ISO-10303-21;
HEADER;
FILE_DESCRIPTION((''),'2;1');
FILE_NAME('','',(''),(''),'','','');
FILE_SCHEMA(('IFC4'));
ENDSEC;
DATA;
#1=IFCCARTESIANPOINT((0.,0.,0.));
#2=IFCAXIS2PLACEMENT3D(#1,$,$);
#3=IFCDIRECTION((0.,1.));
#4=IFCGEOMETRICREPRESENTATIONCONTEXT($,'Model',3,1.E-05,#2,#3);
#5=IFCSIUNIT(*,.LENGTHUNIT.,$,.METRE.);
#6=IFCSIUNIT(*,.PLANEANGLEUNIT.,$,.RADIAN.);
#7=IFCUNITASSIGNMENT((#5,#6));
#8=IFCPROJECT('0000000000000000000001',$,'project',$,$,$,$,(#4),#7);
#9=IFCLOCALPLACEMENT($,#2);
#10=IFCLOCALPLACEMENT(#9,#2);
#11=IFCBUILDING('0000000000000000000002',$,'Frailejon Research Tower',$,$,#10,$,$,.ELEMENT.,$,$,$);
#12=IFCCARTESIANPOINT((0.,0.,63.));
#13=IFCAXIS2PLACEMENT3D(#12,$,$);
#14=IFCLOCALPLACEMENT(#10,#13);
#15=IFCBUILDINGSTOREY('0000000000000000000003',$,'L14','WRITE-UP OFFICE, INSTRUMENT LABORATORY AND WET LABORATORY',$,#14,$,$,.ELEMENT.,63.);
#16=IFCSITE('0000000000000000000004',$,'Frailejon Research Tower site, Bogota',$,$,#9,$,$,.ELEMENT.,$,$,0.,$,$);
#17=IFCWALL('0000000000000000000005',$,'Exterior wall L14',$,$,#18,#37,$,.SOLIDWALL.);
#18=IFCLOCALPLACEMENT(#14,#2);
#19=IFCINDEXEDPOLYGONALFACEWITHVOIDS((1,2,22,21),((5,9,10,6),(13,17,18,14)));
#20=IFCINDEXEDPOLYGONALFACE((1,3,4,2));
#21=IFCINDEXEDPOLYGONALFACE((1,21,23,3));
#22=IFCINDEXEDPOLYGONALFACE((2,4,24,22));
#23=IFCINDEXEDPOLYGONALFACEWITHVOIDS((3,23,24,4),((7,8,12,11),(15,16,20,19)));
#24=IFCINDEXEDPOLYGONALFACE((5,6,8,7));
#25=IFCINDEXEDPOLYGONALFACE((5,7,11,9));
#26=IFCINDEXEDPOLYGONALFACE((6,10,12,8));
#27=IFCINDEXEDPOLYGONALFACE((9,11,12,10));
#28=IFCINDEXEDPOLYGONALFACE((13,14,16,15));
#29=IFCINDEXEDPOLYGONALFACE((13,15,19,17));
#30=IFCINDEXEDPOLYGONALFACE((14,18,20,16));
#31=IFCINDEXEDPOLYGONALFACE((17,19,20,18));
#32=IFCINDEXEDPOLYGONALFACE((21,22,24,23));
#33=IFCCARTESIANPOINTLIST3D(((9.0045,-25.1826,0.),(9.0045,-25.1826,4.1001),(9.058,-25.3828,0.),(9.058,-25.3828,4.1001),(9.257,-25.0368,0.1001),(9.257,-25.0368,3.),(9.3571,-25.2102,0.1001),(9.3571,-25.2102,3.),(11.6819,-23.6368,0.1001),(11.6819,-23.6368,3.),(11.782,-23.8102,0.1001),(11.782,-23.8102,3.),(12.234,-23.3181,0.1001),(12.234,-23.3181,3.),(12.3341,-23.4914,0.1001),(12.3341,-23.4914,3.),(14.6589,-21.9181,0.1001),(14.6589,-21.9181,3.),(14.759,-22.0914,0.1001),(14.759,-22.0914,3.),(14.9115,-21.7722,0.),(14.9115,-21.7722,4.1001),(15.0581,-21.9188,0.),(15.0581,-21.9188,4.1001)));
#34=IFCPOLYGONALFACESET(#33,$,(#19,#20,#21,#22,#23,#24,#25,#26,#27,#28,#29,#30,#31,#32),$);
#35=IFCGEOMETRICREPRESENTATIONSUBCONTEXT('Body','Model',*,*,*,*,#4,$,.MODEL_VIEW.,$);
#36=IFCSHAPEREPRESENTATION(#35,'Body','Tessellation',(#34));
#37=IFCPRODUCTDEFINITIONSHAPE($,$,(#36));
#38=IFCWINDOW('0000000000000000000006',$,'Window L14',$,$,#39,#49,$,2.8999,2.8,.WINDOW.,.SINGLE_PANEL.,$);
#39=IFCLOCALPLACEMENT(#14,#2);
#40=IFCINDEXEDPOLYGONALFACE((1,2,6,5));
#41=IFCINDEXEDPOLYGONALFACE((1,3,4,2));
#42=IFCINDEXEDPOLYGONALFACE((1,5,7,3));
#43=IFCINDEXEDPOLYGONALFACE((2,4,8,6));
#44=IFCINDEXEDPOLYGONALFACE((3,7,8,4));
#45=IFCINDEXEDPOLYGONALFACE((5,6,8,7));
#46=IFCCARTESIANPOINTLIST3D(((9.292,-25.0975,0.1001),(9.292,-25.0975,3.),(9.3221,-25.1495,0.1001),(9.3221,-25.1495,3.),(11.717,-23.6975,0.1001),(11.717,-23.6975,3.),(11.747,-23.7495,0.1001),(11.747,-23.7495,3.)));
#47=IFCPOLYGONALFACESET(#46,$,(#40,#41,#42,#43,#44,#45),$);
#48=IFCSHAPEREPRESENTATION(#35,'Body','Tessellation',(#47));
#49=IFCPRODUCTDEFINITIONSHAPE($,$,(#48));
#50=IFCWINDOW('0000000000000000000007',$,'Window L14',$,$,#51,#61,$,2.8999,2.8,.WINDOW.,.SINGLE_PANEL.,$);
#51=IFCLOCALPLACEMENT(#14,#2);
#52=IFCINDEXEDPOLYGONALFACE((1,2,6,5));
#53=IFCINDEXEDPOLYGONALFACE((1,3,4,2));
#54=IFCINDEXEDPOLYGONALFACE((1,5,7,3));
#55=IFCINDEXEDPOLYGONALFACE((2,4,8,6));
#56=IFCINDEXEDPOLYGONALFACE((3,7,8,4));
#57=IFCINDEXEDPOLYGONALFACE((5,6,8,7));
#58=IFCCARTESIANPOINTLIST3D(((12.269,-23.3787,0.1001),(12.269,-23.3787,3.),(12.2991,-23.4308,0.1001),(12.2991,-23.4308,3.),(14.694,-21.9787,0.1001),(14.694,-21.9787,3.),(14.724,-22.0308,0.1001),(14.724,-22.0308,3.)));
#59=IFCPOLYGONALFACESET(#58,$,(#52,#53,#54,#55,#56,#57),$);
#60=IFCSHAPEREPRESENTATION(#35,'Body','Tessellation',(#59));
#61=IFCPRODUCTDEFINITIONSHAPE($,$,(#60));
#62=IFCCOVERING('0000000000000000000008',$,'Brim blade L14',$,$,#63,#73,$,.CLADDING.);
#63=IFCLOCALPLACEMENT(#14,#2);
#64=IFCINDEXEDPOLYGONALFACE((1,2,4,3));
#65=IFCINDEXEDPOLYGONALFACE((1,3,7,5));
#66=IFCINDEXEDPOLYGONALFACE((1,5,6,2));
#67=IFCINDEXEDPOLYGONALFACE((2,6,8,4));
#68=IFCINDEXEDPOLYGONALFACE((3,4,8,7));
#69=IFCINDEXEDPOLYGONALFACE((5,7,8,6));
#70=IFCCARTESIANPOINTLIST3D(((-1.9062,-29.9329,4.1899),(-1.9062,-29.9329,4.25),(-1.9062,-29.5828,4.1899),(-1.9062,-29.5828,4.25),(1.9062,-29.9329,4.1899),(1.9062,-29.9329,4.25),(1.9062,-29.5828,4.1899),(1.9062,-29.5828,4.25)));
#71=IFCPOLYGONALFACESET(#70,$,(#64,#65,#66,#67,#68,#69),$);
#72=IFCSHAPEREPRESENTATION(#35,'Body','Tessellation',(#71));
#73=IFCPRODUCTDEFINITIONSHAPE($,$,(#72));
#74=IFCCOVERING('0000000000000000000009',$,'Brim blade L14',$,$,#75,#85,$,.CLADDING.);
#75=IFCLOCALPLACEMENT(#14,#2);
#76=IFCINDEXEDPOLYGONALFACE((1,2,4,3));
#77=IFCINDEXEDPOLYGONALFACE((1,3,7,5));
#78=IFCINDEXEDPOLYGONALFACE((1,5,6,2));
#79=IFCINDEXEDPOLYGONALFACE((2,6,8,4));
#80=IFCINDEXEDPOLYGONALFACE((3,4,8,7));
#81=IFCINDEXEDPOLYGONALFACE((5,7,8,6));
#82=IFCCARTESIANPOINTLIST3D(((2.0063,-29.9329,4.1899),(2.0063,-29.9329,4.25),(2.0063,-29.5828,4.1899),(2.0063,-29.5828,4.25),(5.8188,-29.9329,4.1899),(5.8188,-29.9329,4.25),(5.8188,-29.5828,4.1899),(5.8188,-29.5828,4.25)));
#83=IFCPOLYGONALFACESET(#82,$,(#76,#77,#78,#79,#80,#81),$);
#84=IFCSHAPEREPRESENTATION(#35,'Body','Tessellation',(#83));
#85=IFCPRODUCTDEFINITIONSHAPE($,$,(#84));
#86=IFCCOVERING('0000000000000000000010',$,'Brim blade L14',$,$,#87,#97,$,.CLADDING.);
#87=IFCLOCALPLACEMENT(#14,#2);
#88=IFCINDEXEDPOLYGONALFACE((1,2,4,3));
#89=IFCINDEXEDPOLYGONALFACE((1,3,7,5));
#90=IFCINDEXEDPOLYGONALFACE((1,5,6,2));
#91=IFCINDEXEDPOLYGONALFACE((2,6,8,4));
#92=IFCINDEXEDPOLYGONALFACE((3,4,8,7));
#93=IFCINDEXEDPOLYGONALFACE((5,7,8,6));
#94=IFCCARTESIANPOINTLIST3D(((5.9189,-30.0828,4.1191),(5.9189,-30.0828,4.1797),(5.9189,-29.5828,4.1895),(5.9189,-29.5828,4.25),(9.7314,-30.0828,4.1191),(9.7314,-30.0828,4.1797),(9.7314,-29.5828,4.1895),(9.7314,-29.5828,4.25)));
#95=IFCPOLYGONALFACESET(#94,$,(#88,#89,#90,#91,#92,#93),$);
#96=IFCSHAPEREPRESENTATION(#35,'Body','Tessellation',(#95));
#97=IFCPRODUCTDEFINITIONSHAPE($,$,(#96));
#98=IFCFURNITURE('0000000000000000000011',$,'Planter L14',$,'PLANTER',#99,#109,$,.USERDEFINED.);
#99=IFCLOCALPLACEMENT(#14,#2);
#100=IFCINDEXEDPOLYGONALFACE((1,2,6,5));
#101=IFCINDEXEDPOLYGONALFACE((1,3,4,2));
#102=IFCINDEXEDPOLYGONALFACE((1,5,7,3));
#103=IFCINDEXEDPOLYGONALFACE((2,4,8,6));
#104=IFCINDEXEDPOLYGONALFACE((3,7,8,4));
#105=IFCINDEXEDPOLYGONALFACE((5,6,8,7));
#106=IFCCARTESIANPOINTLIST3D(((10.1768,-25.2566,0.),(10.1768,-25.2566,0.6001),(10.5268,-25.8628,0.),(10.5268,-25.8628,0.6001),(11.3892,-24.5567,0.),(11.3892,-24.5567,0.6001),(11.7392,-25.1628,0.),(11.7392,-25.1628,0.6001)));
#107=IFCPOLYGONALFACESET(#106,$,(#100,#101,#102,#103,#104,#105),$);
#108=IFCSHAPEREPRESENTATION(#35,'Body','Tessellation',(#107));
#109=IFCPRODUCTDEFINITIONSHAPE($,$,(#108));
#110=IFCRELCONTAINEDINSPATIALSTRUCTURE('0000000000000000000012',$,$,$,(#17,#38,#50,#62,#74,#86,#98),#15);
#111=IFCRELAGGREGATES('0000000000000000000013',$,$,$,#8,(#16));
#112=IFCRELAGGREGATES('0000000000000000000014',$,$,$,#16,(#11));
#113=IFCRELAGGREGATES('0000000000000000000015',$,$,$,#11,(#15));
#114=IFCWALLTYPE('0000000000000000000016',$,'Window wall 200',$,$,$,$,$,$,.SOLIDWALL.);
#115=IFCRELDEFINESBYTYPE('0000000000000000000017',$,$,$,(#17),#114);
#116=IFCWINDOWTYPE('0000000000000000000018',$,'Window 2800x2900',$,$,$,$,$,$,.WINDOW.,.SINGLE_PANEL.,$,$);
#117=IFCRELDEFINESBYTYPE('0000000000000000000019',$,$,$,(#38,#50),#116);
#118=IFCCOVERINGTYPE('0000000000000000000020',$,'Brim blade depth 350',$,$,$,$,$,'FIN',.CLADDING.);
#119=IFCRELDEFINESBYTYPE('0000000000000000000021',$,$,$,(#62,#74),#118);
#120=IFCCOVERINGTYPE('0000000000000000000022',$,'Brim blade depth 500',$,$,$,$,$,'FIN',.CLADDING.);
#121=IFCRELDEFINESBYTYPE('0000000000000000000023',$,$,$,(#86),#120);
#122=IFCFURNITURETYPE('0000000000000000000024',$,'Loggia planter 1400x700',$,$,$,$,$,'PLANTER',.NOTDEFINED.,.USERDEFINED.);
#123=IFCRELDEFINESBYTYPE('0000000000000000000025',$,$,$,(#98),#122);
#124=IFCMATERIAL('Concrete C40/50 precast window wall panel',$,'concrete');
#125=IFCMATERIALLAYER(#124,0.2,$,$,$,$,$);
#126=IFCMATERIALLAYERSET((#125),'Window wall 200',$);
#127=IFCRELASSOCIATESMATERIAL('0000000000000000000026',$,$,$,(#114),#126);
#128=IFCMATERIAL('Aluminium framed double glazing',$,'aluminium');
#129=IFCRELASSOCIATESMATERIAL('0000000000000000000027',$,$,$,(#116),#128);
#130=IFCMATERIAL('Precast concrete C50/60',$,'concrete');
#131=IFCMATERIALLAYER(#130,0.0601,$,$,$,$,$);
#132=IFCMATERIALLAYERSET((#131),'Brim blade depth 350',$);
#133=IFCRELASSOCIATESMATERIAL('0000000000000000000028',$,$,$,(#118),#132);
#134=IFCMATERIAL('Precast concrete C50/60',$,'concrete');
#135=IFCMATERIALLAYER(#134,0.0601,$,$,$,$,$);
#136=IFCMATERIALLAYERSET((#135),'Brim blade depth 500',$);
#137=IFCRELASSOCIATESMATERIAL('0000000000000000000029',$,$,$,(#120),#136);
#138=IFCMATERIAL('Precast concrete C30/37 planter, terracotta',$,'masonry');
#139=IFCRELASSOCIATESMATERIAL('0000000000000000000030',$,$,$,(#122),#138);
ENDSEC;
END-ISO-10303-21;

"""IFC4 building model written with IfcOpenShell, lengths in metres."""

from ifc_helpers import new_model, si_unit, direction, frame, frame_2d, origin, origin_2d, place, context, subcontext, project, spatial, polyline, rectangle, outline, extrude, material, layer, layer_set, type_object, element, fill, save


model = new_model("IFC4")

# Units and contexts
model_context = context("Model", 3, precision=1e-05, world=origin(), true_north=direction((0.0, 1.0)))
body_context = subcontext(model_context, "Body", "Model", "MODEL_VIEW")
ifc_project = project(units=[si_unit("LENGTHUNIT", "METRE"), si_unit("PLANEANGLEUNIT", "RADIAN")], contexts=[model_context])

# Site, building, storey
site_placement = place(None, origin())
site = spatial("IfcSite", under=ifc_project, at=site_placement, Name="Frailejon Research Tower site, Bogota", CompositionType="ELEMENT", RefElevation=0.0)
building_placement = place(site_placement, origin())
building = spatial("IfcBuilding", under=site, at=building_placement, Name="Frailejon Research Tower", CompositionType="ELEMENT")
storey_placement = place(building_placement, frame((0.0, 0.0, 63.0)))
storey = spatial("IfcBuildingStorey", under=building, at=storey_placement, Name="L14", Description="WRITE-UP OFFICE, INSTRUMENT LABORATORY AND WET LABORATORY", CompositionType="ELEMENT", Elevation=63.0)

# Wall, openings, windows
ifc_material_1 = material(Name="Concrete C40/50 precast window wall panel", Category="concrete")
ifc_layer_1 = layer(ifc_material_1, 0.2)
ifc_layer_set_1 = layer_set([ifc_layer_1], Name="Window wall 200")
wall_type_1 = type_object("IfcWallType", Name="Window wall 200", PredefinedType="SOLIDWALL", material=ifc_layer_set_1)
wall_1_placement = place(storey_placement, frame((9.0312, -25.2827, 0.0), z_axis=(0.0, 0.0, 1.0), x_axis=(0.866029, 0.499993, 0.0)))
wall_1 = element("IfcWall", 1, at=wall_1_placement, inside=storey, type_object=wall_type_1, Name="Exterior wall L14", PredefinedType="SOLIDWALL", context=body_context, shape_type="SweptSolid", body=[
    extrude(outline(polyline([(-0.0269, -0.1001), (1.1279, -0.1001), (2.2825, -0.1001), (3.4373, -0.1001), (4.592, -0.1001), (5.7466, -0.1001), (6.9014, -0.1001), (6.8477, 0.1001), (5.7109, 0.1001), (4.574, 0.1001), (3.4373, 0.1001), (2.3005, 0.1001), (1.1636, 0.1001), (0.0269, 0.1001), (-0.0269, -0.1001)])), origin(), (0.0, 0.0, 1.0), 4.1001),
])
opening_1_placement = place(wall_1_placement, frame((0.3186, 0.0, 0.1001)))
opening_1 = element("IfcOpeningElement", 2, at=opening_1_placement, cuts=wall_1, PredefinedType="OPENING", context=body_context, shape_type="SweptSolid", body=[
    extrude(rectangle(XDim=2.8, YDim=2.8999, at=frame_2d((1.3999, 1.45))), frame((0.0, 0.1099, 0.0), z_axis=(0.0, -1.0, 0.0), x_axis=(1.0, 0.0, 0.0)), (0.0, 0.0, 1.0), 0.22),
])
opening_2_placement = place(wall_1_placement, frame((3.7561, 0.0, 0.1001)))
opening_2 = element("IfcOpeningElement", 3, at=opening_2_placement, cuts=wall_1, PredefinedType="OPENING", context=body_context, shape_type="SweptSolid", body=[
    extrude(rectangle(XDim=2.8, YDim=2.8999, at=frame_2d((1.3999, 1.45))), frame((0.0, 0.1099, 0.0), z_axis=(0.0, -1.0, 0.0), x_axis=(1.0, 0.0, 0.0)), (0.0, 0.0, 1.0), 0.22),
])
ifc_material_2 = material(Name="Aluminium framed double glazing", Category="aluminium")
window_type = type_object("IfcWindowType", Name="Window 2800x2900", PartitioningType="SINGLE_PANEL", PredefinedType="WINDOW", material=ifc_material_2)
window_1_placement = place(opening_1_placement, origin())
window_1 = element("IfcWindow", 4, at=window_1_placement, inside=storey, type_object=window_type, Name="Window L14", OverallHeight=2.8999, OverallWidth=2.8, PartitioningType="SINGLE_PANEL", PredefinedType="WINDOW", context=body_context, shape_type="SweptSolid", body=[
    extrude(rectangle(XDim=2.8, YDim=2.8999, at=frame_2d((1.3999, 1.45))), frame((0.0, 0.03, 0.0), z_axis=(0.0, -1.0, 0.0), x_axis=(1.0, 0.0, 0.0)), (0.0, 0.0, 1.0), 0.0601),
])
fill(opening_1, window_1)
window_2_placement = place(opening_2_placement, origin())
window_2 = element("IfcWindow", 5, at=window_2_placement, inside=storey, type_object=window_type, Name="Window L14", OverallHeight=2.8999, OverallWidth=2.8, PartitioningType="SINGLE_PANEL", PredefinedType="WINDOW", context=body_context, shape_type="SweptSolid", body=[
    extrude(rectangle(XDim=2.8, YDim=2.8999, at=frame_2d((1.3999, 1.45))), frame((0.0, 0.03, 0.0), z_axis=(0.0, -1.0, 0.0), x_axis=(1.0, 0.0, 0.0)), (0.0, 0.0, 1.0), 0.0601),
])
fill(opening_2, window_2)

# Coverings
ifc_material_3 = material(Name="Precast concrete C50/60", Category="concrete")
ifc_layer_2 = layer(ifc_material_3, 0.0601)
ifc_layer_set_2 = layer_set([ifc_layer_2], Name="Brim blade depth 350")
covering_type_1 = type_object("IfcCoveringType", Name="Brim blade depth 350", ElementType="FIN", PredefinedType="CLADDING", material=ifc_layer_set_2)
for number, where, z_axis, x_axis, name in (
    (6, (1.9062, -29.5828, 4.25), (-1.0, 0.0, 0.0), (0.0, -1.0, 0.0), "Brim blade L14"),
    (7, (5.8188, -29.5828, 4.25), (-1.0, 0.0, 0.0), (0.0, -1.0, 0.0), "Brim blade L14"),
):
    element("IfcCovering", number, at=place(storey_placement, frame(where, z_axis=z_axis, x_axis=x_axis)), inside=storey, type_object=covering_type_1, Name=name, PredefinedType="CLADDING", context=body_context, shape_type="SweptSolid", body=[
        extrude(outline(polyline([(0.0, -0.0601), (0.3501, -0.0601), (0.3501, 0.0), (0.0, 0.0), (0.0, -0.0601)])), origin(), (0.0, 0.0, 1.0), 3.8125),
    ])
ifc_material_4 = material(Name="Precast concrete C50/60", Category="concrete")
ifc_layer_3 = layer(ifc_material_4, 0.0601)
ifc_layer_set_3 = layer_set([ifc_layer_3], Name="Brim blade depth 500")
covering_type_2 = type_object("IfcCoveringType", Name="Brim blade depth 500", ElementType="FIN", PredefinedType="CLADDING", material=ifc_layer_set_3)
covering_placement = place(storey_placement, frame((9.7314, -29.5828, 4.25), z_axis=(-1.0, 0.0, 0.0), x_axis=(0.0, -1.0, 0.0)))
element("IfcCovering", 8, at=covering_placement, inside=storey, type_object=covering_type_2, Name="Brim blade L14", PredefinedType="CLADDING", context=body_context, shape_type="SweptSolid", body=[
    extrude(outline(polyline([(0.0, -0.0605), (0.5, -0.1309), (0.5, -0.0703), (0.0, 0.0), (0.0, -0.0605)])), origin(), (0.0, 0.0, 1.0), 3.8125),
])

# Furniture
ifc_material_5 = material(Name="Precast concrete C30/37 planter, terracotta", Category="masonry")
furniture_type = type_object("IfcFurnitureType", Name="Loggia planter 1400x700", ElementType="PLANTER", AssemblyPlace="NOTDEFINED", PredefinedType="USERDEFINED", material=ifc_material_5)
furniture_placement = place(storey_placement, frame((10.958, -25.2097, 0.0), z_axis=(0.0, 0.0, 1.0), x_axis=(0.866025, 0.5, 0.0)))
element("IfcFurniture", 9, at=furniture_placement, inside=storey, type_object=furniture_type, Name="Planter L14", ObjectType="PLANTER", PredefinedType="USERDEFINED", context=body_context, shape_type="SweptSolid", body=[
    extrude(rectangle(XDim=1.3999, YDim=0.7, at=origin_2d()), origin(), (0.0, 0.0, 1.0), 0.6001),
])

save(model, "model.ifc")
